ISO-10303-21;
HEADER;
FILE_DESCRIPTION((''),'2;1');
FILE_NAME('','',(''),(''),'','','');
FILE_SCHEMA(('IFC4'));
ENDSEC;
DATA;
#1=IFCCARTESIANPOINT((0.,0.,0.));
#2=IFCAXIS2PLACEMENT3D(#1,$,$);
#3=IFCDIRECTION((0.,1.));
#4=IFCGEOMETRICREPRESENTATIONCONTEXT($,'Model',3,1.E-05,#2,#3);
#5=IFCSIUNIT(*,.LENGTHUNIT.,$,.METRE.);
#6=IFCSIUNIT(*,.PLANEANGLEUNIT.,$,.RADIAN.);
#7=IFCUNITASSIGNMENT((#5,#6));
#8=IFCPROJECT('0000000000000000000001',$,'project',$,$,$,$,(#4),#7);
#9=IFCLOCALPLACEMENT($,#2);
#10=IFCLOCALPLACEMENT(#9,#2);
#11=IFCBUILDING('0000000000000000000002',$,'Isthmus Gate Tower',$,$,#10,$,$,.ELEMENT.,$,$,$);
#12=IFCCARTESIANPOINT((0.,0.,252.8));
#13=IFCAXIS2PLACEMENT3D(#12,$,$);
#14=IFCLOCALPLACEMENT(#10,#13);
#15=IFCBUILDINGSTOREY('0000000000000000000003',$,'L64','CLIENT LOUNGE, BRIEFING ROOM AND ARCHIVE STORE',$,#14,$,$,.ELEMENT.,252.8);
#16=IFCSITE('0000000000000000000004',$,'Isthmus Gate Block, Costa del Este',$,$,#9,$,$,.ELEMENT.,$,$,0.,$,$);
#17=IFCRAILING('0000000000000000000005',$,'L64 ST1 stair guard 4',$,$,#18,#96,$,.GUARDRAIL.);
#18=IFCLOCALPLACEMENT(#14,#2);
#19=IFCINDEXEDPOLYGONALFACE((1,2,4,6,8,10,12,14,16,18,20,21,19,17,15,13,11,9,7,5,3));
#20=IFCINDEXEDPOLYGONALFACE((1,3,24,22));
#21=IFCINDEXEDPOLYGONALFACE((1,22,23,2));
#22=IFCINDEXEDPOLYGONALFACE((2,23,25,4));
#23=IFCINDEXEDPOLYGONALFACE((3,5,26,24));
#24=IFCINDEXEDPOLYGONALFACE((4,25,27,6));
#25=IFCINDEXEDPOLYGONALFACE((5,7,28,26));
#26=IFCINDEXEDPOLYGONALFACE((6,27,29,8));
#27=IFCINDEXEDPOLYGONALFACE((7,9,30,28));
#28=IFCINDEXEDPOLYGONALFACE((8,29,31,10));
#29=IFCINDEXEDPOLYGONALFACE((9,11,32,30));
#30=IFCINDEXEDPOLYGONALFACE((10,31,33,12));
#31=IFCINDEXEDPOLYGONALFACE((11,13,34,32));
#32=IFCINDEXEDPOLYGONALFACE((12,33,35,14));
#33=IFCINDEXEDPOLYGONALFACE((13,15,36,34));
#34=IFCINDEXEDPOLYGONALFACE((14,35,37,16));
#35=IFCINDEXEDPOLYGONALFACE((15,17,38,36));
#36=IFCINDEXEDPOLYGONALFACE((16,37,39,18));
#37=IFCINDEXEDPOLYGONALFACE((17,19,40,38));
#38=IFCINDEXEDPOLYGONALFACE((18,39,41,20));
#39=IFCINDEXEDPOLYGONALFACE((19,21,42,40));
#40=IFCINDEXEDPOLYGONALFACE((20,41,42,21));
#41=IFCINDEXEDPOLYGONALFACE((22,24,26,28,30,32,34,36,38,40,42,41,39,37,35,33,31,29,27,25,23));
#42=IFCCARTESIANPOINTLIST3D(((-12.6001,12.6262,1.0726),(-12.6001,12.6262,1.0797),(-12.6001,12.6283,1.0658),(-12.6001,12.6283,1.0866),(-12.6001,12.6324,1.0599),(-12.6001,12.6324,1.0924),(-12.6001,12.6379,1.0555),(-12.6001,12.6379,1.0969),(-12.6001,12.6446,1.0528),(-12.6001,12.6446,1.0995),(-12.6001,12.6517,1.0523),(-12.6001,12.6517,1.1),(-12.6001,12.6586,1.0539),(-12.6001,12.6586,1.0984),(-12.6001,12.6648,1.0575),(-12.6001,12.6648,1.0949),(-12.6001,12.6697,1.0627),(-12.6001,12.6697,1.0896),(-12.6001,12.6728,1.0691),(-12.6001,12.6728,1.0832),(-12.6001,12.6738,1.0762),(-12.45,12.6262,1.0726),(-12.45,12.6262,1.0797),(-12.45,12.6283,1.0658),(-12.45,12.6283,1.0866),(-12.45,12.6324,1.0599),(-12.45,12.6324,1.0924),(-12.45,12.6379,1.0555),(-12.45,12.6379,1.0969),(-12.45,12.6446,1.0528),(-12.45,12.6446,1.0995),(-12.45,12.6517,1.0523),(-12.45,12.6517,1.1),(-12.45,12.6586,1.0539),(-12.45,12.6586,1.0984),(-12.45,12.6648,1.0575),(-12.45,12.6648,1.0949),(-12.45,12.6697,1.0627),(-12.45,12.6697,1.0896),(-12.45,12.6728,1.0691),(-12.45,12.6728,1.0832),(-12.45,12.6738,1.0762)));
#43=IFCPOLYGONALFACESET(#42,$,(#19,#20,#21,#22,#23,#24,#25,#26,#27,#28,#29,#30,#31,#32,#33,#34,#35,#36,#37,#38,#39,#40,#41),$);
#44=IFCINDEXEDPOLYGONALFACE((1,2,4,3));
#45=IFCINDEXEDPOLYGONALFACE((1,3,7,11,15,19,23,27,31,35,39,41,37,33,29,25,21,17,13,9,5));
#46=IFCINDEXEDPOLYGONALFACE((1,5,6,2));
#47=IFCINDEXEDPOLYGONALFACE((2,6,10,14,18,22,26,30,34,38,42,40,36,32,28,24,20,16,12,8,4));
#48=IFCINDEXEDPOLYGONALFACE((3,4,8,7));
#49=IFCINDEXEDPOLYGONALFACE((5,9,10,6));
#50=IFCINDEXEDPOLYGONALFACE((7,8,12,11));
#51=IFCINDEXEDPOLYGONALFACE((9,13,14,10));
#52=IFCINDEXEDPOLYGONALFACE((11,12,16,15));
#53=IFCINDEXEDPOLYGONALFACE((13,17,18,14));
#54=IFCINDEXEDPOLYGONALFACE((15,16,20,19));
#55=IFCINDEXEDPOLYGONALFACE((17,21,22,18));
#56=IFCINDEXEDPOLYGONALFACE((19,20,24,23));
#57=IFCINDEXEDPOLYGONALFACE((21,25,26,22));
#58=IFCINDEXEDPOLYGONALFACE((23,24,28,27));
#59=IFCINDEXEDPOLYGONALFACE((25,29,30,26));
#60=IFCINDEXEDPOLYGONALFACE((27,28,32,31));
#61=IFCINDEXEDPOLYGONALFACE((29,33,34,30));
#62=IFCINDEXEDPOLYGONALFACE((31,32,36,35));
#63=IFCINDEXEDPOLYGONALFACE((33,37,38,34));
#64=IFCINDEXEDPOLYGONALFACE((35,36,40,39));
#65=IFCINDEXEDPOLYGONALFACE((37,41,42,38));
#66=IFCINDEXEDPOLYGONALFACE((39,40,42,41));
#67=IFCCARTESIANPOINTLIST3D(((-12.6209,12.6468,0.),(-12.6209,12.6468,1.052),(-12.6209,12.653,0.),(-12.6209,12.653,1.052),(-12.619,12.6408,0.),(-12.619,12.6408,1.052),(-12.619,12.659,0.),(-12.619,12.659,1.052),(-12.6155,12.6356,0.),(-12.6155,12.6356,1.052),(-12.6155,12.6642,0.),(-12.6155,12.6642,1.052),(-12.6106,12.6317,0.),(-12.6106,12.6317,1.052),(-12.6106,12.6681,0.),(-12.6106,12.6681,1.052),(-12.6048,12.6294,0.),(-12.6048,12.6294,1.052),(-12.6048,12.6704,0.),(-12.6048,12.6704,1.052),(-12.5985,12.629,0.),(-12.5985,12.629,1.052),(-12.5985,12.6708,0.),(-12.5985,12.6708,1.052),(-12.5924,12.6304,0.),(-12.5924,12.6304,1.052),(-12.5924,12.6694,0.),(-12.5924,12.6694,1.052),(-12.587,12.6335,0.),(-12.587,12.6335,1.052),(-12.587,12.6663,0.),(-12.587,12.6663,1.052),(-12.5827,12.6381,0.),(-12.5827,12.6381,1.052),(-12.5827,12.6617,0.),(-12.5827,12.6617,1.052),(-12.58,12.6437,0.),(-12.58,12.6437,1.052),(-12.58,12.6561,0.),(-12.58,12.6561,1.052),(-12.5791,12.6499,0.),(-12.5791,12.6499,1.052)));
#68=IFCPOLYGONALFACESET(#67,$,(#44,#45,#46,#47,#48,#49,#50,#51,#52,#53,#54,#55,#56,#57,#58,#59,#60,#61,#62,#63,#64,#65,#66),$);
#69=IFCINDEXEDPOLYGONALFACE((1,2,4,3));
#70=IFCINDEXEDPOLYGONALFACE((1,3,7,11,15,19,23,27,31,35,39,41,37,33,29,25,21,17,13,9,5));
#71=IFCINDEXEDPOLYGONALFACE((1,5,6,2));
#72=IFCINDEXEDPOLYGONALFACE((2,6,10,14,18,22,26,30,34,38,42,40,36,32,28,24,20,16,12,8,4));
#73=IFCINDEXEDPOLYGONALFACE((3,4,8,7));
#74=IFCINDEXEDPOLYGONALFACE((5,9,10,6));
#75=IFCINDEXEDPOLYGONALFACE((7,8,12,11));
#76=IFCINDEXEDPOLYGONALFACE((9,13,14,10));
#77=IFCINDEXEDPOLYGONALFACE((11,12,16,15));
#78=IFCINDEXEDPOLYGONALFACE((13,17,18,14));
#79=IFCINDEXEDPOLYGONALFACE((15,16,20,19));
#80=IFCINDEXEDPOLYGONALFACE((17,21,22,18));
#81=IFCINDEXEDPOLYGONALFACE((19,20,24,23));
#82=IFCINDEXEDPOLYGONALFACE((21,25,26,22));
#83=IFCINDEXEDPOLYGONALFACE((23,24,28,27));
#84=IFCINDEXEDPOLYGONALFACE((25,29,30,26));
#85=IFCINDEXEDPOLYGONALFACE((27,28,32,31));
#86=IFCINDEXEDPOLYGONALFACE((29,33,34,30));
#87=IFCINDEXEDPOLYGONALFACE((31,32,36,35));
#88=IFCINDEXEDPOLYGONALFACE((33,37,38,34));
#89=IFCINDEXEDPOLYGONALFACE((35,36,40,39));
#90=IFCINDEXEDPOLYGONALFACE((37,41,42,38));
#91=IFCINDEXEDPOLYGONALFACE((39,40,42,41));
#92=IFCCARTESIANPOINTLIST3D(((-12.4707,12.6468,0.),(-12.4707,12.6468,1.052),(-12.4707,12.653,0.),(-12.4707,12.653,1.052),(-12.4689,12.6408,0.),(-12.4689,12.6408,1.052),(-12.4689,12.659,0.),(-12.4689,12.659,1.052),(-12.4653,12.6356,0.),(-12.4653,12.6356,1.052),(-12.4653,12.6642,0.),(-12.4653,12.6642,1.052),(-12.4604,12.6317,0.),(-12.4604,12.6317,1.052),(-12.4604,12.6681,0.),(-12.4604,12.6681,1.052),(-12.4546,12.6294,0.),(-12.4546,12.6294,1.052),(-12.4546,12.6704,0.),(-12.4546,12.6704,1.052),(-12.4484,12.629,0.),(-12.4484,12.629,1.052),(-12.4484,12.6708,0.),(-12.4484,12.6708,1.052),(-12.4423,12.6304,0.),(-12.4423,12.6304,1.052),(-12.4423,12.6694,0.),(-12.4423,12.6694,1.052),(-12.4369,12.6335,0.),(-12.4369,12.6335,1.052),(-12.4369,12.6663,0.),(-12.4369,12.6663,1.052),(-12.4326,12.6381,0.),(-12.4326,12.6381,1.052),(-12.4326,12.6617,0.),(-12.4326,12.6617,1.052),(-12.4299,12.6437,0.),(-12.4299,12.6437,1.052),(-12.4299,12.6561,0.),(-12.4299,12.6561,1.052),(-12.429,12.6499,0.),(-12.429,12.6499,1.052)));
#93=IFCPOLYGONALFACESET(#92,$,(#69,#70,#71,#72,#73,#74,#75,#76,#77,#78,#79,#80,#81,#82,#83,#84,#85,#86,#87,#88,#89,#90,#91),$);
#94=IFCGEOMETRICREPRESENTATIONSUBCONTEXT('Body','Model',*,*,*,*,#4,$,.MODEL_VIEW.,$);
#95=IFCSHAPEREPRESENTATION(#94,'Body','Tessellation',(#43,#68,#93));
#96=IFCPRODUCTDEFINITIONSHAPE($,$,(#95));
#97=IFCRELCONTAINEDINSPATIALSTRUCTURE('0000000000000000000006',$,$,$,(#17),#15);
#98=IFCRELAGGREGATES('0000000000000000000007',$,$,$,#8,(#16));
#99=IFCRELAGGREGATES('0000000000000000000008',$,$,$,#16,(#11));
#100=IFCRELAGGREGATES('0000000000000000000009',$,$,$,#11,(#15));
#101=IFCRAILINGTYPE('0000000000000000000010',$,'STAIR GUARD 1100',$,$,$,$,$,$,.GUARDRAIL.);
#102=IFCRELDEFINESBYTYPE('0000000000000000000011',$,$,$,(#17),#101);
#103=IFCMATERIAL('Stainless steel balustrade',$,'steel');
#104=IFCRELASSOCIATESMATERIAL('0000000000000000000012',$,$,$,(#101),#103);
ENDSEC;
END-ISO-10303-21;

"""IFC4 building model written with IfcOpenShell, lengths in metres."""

from ifc_helpers import new_model, si_unit, direction, frame, origin, origin_2d, place, context, subcontext, project, spatial, circle, extrude, material, type_object, element, save


model = new_model("IFC4")

# Units and contexts
model_context = context("Model", 3, precision=1e-05, world=origin(), true_north=direction((0.0, 1.0)))
body_context = subcontext(model_context, "Body", "Model", "MODEL_VIEW")
ifc_project = project(units=[si_unit("LENGTHUNIT", "METRE"), si_unit("PLANEANGLEUNIT", "RADIAN")], contexts=[model_context])

# Site, building, storey
site_placement = place(None, origin())
site = spatial("IfcSite", under=ifc_project, at=site_placement, Name="Isthmus Gate Block, Costa del Este", CompositionType="ELEMENT", RefElevation=0.0)
building_placement = place(site_placement, origin())
building = spatial("IfcBuilding", under=site, at=building_placement, Name="Isthmus Gate Tower", CompositionType="ELEMENT")
storey_placement = place(building_placement, frame((0.0, 0.0, 252.8)))
storey = spatial("IfcBuildingStorey", under=building, at=storey_placement, Name="L64", Description="CLIENT LOUNGE, BRIEFING ROOM AND ARCHIVE STORE", CompositionType="ELEMENT", Elevation=252.8)

# Railing
ifc_material_1 = material(Name="Stainless steel balustrade", Category="steel")
railing_type = type_object("IfcRailingType", Name="STAIR GUARD 1100", PredefinedType="GUARDRAIL", material=ifc_material_1)
railing_1_placement = place(storey_placement, frame((-12.6001, 12.6499, 0.0)))
element("IfcRailing", 1, at=railing_1_placement, inside=storey, type_object=railing_type, Name="L64 ST1 stair guard 4", PredefinedType="GUARDRAIL", context=body_context, shape_type="SweptSolid", body=[
    extrude(circle(Radius=0.0239, at=origin_2d()), frame((0.0, 0.0, 1.0762), z_axis=(1.0, 0.0, 0.0), x_axis=(0.0, 1.0, 0.0)), (0.0, 0.0, 1.0), 0.1501),
    extrude(circle(Radius=0.021, at=origin_2d()), origin(), (0.0, 0.0, 1.0), 1.052),
    extrude(circle(Radius=0.021, at=origin_2d()), frame((0.1501, 0.0, 0.0)), (0.0, 0.0, 1.0), 1.052),
])

save(model, "model.ifc")
